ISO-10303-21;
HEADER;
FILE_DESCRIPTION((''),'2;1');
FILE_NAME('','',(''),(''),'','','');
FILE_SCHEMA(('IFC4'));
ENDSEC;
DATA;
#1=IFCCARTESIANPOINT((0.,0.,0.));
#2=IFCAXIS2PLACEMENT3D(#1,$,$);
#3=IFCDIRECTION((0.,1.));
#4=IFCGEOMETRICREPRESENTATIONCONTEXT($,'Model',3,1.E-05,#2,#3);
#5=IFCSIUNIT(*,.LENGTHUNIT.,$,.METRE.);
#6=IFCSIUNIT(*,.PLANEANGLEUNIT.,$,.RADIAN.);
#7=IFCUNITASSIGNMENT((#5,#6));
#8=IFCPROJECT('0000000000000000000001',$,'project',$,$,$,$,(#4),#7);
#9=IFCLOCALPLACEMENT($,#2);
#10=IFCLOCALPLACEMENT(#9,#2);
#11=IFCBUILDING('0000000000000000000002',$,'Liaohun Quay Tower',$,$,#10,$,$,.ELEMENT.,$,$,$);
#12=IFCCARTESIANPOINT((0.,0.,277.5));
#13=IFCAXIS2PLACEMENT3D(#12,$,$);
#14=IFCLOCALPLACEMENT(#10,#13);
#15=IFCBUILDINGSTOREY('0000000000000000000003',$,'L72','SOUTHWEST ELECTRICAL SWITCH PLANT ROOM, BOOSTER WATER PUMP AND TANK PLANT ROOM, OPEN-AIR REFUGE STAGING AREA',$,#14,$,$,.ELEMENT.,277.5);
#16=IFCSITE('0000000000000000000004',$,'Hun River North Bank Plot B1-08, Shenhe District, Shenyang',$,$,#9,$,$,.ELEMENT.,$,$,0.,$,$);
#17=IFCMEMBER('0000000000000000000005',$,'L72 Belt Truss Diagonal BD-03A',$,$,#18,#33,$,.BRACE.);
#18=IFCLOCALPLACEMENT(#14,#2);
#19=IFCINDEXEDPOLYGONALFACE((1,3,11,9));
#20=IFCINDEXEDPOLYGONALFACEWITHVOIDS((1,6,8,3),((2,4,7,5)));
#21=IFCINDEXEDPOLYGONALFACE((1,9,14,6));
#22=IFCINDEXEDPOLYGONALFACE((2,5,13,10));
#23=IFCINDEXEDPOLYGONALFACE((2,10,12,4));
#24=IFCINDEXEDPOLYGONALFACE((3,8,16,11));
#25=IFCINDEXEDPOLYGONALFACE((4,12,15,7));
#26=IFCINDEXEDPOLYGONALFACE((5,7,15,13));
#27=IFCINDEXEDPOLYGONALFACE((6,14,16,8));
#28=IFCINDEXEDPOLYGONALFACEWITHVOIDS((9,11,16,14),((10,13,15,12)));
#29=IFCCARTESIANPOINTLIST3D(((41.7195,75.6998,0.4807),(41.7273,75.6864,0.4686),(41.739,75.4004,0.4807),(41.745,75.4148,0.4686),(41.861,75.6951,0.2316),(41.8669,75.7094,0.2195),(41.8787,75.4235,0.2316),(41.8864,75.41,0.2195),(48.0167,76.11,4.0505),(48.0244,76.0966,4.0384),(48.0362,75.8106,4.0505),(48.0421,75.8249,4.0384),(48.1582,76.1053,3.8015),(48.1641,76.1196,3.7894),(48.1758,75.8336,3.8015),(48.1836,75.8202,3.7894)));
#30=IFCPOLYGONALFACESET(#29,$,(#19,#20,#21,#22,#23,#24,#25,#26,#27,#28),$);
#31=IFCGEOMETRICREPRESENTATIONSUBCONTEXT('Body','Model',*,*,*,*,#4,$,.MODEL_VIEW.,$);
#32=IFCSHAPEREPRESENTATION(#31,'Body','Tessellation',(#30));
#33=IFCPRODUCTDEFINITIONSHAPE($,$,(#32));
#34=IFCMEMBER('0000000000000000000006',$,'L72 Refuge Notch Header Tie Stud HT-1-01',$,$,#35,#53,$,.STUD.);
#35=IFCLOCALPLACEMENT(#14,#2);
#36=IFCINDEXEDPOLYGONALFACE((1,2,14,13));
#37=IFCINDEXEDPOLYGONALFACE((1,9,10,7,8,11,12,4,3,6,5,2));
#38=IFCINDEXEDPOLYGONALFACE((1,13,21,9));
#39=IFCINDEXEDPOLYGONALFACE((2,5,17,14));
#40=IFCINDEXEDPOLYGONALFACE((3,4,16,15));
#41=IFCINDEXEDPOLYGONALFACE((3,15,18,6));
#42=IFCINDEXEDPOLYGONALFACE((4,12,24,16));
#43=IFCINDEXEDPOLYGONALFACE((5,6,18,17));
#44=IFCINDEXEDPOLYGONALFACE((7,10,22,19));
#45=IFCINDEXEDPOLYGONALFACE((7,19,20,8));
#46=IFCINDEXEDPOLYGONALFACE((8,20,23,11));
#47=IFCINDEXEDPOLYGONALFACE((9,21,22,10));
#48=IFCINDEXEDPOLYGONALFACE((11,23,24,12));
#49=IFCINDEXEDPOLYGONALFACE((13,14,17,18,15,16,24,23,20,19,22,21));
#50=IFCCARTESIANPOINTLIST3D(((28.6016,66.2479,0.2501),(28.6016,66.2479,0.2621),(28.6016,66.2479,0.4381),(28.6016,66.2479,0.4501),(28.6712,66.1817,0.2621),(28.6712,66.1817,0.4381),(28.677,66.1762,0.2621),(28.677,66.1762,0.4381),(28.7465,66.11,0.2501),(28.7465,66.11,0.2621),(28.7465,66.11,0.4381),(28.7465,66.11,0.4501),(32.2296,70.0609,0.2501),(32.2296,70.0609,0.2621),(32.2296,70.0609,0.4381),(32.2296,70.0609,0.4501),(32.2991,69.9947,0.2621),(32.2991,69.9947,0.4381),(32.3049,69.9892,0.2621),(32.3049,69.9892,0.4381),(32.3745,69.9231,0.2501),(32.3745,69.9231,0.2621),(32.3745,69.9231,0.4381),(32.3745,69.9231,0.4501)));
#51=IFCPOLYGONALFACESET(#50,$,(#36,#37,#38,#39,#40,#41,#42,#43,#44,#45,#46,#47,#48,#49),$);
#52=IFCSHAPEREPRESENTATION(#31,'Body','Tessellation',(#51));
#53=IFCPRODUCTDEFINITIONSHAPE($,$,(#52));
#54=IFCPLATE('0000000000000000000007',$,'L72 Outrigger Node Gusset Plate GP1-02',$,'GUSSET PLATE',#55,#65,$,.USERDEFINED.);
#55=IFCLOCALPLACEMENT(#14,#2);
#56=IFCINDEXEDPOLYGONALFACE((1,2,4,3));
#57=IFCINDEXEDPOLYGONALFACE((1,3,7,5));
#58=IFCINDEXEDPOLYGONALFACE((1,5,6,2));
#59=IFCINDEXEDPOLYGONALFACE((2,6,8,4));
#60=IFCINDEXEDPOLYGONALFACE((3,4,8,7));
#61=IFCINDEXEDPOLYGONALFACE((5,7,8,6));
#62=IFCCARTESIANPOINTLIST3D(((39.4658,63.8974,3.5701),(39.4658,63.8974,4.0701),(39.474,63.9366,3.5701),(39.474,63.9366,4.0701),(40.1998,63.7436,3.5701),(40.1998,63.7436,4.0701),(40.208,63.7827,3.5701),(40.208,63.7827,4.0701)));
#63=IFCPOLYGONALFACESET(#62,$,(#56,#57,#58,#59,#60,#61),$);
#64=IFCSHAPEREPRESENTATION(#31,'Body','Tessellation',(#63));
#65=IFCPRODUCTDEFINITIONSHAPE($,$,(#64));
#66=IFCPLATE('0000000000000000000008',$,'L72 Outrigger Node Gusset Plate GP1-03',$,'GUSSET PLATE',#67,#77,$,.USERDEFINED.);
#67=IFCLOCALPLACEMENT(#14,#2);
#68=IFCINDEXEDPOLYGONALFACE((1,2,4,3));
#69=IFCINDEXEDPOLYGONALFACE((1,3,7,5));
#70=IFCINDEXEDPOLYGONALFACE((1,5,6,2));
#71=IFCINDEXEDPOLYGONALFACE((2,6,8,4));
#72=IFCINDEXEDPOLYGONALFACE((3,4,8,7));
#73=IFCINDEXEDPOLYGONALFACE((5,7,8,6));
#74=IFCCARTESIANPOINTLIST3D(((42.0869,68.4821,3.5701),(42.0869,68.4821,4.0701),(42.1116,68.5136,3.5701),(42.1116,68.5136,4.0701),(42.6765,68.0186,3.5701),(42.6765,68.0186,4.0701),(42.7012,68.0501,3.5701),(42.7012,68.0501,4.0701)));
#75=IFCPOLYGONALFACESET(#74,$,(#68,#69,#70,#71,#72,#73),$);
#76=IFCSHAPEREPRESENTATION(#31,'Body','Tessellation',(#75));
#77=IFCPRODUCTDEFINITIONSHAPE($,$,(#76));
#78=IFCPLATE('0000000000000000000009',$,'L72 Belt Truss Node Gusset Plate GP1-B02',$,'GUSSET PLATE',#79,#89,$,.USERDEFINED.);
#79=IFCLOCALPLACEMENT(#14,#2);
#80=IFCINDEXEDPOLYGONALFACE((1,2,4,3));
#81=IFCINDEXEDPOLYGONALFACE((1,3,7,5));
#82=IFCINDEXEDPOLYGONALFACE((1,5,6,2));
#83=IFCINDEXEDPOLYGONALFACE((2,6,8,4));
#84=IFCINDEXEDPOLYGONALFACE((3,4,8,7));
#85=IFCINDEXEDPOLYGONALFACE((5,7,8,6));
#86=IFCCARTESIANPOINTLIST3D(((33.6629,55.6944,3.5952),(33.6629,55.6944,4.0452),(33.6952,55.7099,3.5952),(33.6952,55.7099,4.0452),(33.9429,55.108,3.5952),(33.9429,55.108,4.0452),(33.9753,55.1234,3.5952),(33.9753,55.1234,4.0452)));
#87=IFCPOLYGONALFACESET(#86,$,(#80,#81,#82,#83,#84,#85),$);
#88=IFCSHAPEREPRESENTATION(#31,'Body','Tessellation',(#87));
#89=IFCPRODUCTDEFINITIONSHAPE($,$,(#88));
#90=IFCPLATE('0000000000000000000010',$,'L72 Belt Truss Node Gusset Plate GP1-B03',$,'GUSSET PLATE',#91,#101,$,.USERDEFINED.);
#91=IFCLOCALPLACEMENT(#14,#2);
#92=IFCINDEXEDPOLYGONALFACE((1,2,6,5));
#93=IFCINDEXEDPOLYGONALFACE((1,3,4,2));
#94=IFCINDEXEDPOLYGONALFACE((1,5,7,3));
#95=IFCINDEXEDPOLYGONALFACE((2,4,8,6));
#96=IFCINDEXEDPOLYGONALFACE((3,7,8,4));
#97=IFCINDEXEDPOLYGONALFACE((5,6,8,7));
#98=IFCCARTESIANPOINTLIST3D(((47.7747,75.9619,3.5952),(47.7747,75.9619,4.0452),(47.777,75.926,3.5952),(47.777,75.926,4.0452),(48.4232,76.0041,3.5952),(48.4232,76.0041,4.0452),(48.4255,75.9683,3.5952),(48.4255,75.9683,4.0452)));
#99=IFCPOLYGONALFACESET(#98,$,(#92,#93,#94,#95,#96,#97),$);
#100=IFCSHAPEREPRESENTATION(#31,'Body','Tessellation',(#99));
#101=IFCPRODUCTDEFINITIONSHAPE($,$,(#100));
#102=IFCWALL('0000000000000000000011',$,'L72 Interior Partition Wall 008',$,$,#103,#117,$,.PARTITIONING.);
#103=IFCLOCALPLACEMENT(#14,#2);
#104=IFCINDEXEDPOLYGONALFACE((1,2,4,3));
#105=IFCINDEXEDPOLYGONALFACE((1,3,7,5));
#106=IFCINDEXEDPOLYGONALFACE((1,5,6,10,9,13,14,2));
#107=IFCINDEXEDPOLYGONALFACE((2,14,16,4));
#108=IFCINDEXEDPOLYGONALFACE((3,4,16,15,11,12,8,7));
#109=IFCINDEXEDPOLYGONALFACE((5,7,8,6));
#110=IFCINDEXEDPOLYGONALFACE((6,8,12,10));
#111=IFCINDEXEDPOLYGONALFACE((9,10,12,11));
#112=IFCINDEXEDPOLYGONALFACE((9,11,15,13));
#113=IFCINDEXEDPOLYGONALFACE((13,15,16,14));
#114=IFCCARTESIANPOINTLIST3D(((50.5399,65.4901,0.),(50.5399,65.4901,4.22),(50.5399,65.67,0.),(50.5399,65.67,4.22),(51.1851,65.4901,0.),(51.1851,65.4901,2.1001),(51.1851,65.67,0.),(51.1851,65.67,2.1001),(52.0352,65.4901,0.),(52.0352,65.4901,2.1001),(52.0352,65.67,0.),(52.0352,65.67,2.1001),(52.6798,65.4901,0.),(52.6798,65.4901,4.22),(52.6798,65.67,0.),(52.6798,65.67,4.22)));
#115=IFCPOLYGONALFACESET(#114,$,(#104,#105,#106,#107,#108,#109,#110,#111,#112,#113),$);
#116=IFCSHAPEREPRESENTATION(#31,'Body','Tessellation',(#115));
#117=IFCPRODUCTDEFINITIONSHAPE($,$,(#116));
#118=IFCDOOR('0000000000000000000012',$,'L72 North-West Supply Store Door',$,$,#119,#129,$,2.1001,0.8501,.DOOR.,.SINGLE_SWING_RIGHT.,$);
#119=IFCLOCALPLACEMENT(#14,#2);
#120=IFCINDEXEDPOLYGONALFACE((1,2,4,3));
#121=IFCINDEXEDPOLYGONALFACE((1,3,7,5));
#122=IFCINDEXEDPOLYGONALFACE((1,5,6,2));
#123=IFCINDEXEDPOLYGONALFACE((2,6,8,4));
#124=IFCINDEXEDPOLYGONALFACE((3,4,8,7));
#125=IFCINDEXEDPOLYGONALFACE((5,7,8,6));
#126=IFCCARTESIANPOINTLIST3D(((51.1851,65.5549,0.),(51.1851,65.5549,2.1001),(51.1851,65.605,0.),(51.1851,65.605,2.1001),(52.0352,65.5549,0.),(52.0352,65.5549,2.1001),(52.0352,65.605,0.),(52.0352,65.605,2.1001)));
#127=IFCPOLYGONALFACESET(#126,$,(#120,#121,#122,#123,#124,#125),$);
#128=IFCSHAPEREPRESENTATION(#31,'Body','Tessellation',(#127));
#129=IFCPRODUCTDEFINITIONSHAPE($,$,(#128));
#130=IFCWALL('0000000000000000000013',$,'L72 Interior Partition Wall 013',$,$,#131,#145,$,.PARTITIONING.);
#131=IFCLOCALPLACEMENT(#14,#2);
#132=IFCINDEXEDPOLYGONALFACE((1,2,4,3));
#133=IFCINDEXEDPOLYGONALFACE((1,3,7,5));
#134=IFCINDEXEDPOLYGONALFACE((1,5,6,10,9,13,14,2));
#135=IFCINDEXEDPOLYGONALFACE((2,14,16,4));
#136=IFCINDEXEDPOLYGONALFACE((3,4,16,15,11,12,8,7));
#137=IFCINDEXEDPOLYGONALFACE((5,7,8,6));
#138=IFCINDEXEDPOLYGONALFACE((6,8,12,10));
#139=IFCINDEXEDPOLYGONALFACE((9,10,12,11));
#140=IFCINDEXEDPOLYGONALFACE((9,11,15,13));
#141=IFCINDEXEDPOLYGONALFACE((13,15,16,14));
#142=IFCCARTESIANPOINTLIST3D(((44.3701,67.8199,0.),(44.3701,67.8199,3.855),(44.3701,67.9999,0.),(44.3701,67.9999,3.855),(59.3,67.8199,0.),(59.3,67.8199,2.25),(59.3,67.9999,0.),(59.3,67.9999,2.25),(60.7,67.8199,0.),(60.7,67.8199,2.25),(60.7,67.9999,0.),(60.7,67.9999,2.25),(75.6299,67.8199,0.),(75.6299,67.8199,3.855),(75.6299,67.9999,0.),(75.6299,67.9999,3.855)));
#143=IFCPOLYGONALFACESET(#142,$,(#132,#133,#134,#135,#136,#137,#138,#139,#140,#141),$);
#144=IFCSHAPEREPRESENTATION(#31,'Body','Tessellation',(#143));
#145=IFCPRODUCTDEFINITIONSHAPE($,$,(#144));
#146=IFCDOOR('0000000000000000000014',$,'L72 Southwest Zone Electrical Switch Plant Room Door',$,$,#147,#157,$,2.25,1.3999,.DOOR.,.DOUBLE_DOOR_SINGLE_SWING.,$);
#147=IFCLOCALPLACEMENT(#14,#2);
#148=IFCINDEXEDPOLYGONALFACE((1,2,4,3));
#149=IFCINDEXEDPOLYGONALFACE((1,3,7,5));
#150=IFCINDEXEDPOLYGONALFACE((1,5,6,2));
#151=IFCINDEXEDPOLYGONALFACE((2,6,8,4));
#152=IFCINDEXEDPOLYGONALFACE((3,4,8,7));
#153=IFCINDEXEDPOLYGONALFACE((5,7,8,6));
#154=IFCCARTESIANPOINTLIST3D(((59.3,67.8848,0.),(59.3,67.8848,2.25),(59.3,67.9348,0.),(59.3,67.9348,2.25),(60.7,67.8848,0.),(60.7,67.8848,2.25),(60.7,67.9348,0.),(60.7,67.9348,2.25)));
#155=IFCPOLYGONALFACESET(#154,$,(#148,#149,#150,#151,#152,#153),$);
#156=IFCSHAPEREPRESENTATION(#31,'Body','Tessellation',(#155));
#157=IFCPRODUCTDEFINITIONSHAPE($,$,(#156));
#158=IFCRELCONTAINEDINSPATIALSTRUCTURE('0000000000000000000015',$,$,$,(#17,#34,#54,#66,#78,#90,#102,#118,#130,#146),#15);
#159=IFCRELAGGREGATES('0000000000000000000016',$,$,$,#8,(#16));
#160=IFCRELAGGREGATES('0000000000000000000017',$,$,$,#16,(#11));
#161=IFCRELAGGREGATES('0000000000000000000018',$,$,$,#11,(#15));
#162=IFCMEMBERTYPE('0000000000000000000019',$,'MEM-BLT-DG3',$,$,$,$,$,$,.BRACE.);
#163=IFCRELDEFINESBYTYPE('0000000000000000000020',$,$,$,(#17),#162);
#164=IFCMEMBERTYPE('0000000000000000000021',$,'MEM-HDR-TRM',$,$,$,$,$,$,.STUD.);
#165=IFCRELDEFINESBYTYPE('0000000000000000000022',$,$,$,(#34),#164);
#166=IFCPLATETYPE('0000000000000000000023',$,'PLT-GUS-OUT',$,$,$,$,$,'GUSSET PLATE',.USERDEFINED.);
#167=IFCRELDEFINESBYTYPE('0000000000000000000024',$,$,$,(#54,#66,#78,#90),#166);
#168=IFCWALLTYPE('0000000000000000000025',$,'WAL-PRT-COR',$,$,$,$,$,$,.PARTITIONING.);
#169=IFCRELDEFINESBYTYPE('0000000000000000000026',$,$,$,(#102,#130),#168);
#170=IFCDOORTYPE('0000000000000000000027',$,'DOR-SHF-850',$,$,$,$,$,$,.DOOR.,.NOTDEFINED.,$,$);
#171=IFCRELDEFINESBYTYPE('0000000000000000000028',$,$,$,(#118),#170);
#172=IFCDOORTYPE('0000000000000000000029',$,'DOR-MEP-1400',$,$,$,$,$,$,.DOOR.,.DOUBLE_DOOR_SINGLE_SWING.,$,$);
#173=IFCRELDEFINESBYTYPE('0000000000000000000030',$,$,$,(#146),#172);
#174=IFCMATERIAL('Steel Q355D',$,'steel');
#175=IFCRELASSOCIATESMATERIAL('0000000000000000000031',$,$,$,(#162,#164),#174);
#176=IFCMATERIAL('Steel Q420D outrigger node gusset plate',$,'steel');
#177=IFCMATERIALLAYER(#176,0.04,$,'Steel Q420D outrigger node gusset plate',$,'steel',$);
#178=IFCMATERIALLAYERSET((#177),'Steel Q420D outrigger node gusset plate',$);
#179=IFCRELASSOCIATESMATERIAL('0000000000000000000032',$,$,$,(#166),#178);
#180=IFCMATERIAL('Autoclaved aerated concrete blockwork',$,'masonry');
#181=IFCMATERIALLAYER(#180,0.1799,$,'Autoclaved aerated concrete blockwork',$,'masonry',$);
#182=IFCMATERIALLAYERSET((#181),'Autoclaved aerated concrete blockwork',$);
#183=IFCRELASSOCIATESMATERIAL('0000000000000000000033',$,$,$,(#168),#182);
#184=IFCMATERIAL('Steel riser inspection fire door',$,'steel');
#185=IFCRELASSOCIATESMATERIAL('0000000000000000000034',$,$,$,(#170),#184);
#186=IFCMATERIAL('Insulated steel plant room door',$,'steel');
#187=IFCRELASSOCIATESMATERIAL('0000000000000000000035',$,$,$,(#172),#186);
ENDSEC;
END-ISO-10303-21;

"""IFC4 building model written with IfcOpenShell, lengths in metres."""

from ifc_helpers import new_model, si_unit, direction, frame, frame_2d, origin, origin_2d, place, context, subcontext, project, spatial, rectangle, hollow_rectangle, i_section, extrude, source, transform, mapped, material, layer, layer_set, material_profile, profile_set, type_object, element, fill, save


model = new_model("IFC4")

# Units and contexts
model_context = context("Model", 3, precision=1e-05, world=origin(), true_north=direction((0.0, 1.0)))
body_context = subcontext(model_context, "Body", "Model", "MODEL_VIEW")
ifc_project = project(units=[si_unit("LENGTHUNIT", "METRE"), si_unit("PLANEANGLEUNIT", "RADIAN")], contexts=[model_context])

# Site, building, storey
site_placement = place(None, origin())
site = spatial("IfcSite", under=ifc_project, at=site_placement, Name="Hun River North Bank Plot B1-08, Shenhe District, Shenyang", CompositionType="ELEMENT", RefElevation=0.0)
building_placement = place(site_placement, origin())
building = spatial("IfcBuilding", under=site, at=building_placement, Name="Liaohun Quay Tower", CompositionType="ELEMENT")
storey_placement = place(building_placement, frame((0.0, 0.0, 277.5)))
storey = spatial("IfcBuildingStorey", under=building, at=storey_placement, Name="L72", Description="SOUTHWEST ELECTRICAL SWITCH PLANT ROOM, BOOSTER WATER PUMP AND TANK PLANT ROOM, OPEN-AIR REFUGE STAGING AREA", CompositionType="ELEMENT", Elevation=277.5)

# Shared definitions
ifc_material_1 = material(Name="Steel Q355D", Category="steel")

# Members
ifc_material_profile_1 = material_profile(ifc_material_1, hollow_rectangle(XDim=0.3, YDim=0.3, WallThickness=0.0139, at=origin_2d()), Name="SHS300x300x14")
ifc_profile_set_1 = profile_set([ifc_material_profile_1], Name="Steel Q355D")
member_type_1 = type_object("IfcMemberType", Name="MEM-BLT-DG3", PredefinedType="BRACE", material=ifc_profile_set_1)
shared_shape_1 = source(origin(), body_context, "Body", "SweptSolid", [
    extrude(hollow_rectangle(XDim=0.3, YDim=0.3, WallThickness=0.0139, at=origin_2d()), origin(), (0.0, 0.0, 1.0), 7.2502),
])
member_1_placement = place(storey_placement, frame((41.803, 75.5549, 0.3501), z_axis=(0.868543, 0.056572, 0.492375), x_axis=(-0.064996, 0.997886, 0.0)))
element("IfcMember", 1, at=member_1_placement, inside=storey, type_object=member_type_1, Name="L72 Belt Truss Diagonal BD-03A", PredefinedType="BRACE", context=body_context, shape_type="MappedRepresentation", body=[
    mapped(shared_shape_1, transform((0.0, 0.0, 0.0), x_axis=(1.0, 0.0, 0.0), y_axis=(0.0, 1.0, 0.0), z_axis=(0.0, 0.0, 1.0), scale=1.0)),
])
ifc_material_profile_2 = material_profile(ifc_material_1, i_section(OverallWidth=0.2, OverallDepth=0.2, WebThickness=0.0081, FlangeThickness=0.012, at=origin_2d()), Name="HW200x200x8x12")
ifc_profile_set_2 = profile_set([ifc_material_profile_2], Name="Steel Q355D")
member_type_2 = type_object("IfcMemberType", Name="MEM-HDR-TRM", PredefinedType="STUD", material=ifc_profile_set_2)
shared_shape_2 = source(origin(), body_context, "Body", "SweptSolid", [
    extrude(i_section(OverallWidth=0.2, OverallDepth=0.2, WebThickness=0.0081, FlangeThickness=0.012, at=origin_2d()), origin(), (0.0, 0.0, 1.0), 5.2632),
])
member_2_placement = place(storey_placement, frame((28.6741, 66.179, 0.3501), z_axis=(0.689308, 0.724469, 0.0), x_axis=(-0.724469, 0.689308, 0.0)))
element("IfcMember", 2, at=member_2_placement, inside=storey, type_object=member_type_2, Name="L72 Refuge Notch Header Tie Stud HT-1-01", PredefinedType="STUD", context=body_context, shape_type="MappedRepresentation", body=[
    mapped(shared_shape_2, transform((0.0, 0.0, 0.0), x_axis=(1.0, 0.0, 0.0), y_axis=(0.0, 1.0, 0.0), z_axis=(0.0, 0.0, 1.0), scale=1.0)),
])

# Plates
ifc_material_2 = material(Name="Steel Q420D outrigger node gusset plate", Category="steel")
ifc_layer_1 = layer(ifc_material_2, 0.04, Name="Steel Q420D outrigger node gusset plate", Category="steel")
ifc_layer_set_1 = layer_set([ifc_layer_1], Name="Steel Q420D outrigger node gusset plate")
plate_type = type_object("IfcPlateType", Name="PLT-GUS-OUT", ElementType="GUSSET PLATE", PredefinedType="USERDEFINED", material=ifc_layer_set_1)
shared_shape_3 = source(origin(), body_context, "Body", "SweptSolid", [
    extrude(rectangle(XDim=0.75, YDim=0.04, at=origin_2d()), origin(), (0.0, 0.0, 1.0), 0.5),
])
for number, where, z_axis, x_axis, name in (
    (3, (39.8369, 63.8401, 3.5701), (0.0, 0.0, 1.0), (-0.978724, 0.205179, 0.0), "L72 Outrigger Node Gusset Plate GP1-02"),
    (4, (42.394, 68.2661, 3.5701), (0.0, 0.0, 1.0), (-0.786181, 0.617997, 0.0), "L72 Outrigger Node Gusset Plate GP1-03"),
):
    element("IfcPlate", number, at=place(storey_placement, frame(where, z_axis=z_axis, x_axis=x_axis)), inside=storey, type_object=plate_type, Name=name, ObjectType="GUSSET PLATE", PredefinedType="USERDEFINED", context=body_context, shape_type="MappedRepresentation", body=[
        mapped(shared_shape_3, transform((0.0, 0.0, 0.0), x_axis=(1.0, 0.0, 0.0), y_axis=(0.0, 1.0, 0.0), z_axis=(0.0, 0.0, 1.0), scale=1.0)),
    ])
shared_shape_4 = source(origin(), body_context, "Body", "SweptSolid", [
    extrude(rectangle(XDim=0.6499, YDim=0.0359, at=origin_2d()), origin(), (0.0, 0.0, 1.0), 0.45),
])
for number, where, z_axis, x_axis, name in (
    (5, (33.8191, 55.4089, 3.5952), (0.0, 0.0, 1.0), (-0.430984, 0.90236, 0.0), "L72 Belt Truss Node Gusset Plate GP1-B02"),
    (6, (48.1001, 75.9651, 3.5952), (0.0, 0.0, 1.0), (0.997882, 0.065055, 0.0), "L72 Belt Truss Node Gusset Plate GP1-B03"),
):
    element("IfcPlate", number, at=place(storey_placement, frame(where, z_axis=z_axis, x_axis=x_axis)), inside=storey, type_object=plate_type, Name=name, ObjectType="GUSSET PLATE", PredefinedType="USERDEFINED", context=body_context, shape_type="MappedRepresentation", body=[
        mapped(shared_shape_4, transform((0.0, 0.0, 0.0), x_axis=(1.0, 0.0, 0.0), y_axis=(0.0, 1.0, 0.0), z_axis=(0.0, 0.0, 1.0), scale=1.0)),
    ])

# Walls, openings, doors
ifc_material_3 = material(Name="Autoclaved aerated concrete blockwork", Category="masonry")
ifc_layer_2 = layer(ifc_material_3, 0.1799, Name="Autoclaved aerated concrete blockwork", Category="masonry")
ifc_layer_set_2 = layer_set([ifc_layer_2], Name="Autoclaved aerated concrete blockwork")
wall_type_1 = type_object("IfcWallType", Name="WAL-PRT-COR", PredefinedType="PARTITIONING", material=ifc_layer_set_2)
wall_1_placement = place(storey_placement, frame((50.54, 65.5801, 0.0), z_axis=(0.0, 0.0, 1.0), x_axis=(1.0, 0.0, 0.0)))
wall_1 = element("IfcWall", 7, at=wall_1_placement, inside=storey, type_object=wall_type_1, Name="L72 Interior Partition Wall 008", PredefinedType="PARTITIONING", context=body_context, shape_type="SweptSolid", body=[
    extrude(rectangle(XDim=2.1399, YDim=0.1799, at=frame_2d((1.0698, 0.0))), origin(), (0.0, 0.0, 1.0), 4.22),
])
shared_shape_5 = source(origin(), body_context, "Body", "SweptSolid", [
    extrude(rectangle(XDim=0.8501, YDim=2.1001, at=frame_2d((0.425, 1.05))), frame((0.0, 0.0999, 0.0), z_axis=(0.0, -1.0, 0.0), x_axis=(1.0, 0.0, 0.0)), (0.0, 0.0, 1.0), 0.2),
])
opening_1_placement = place(wall_1_placement, frame((0.645, 0.0, 0.0)))
opening_1 = element("IfcOpeningElement", 8, at=opening_1_placement, cuts=wall_1, PredefinedType="OPENING", context=body_context, shape_type="MappedRepresentation", body=[
    mapped(shared_shape_5, transform((0.0, 0.0, 0.0), x_axis=(1.0, 0.0, 0.0), y_axis=(0.0, 1.0, 0.0), z_axis=(0.0, 0.0, 1.0), scale=1.0)),
])
ifc_material_4 = material(Name="Steel riser inspection fire door", Category="steel")
door_type_1 = type_object("IfcDoorType", Name="DOR-SHF-850", OperationType="NOTDEFINED", PredefinedType="DOOR", material=ifc_material_4)
shared_shape_6 = source(origin(), body_context, "Body", "SweptSolid", [
    extrude(rectangle(XDim=0.8501, YDim=2.1001, at=frame_2d((0.425, 1.05))), frame((0.0, 0.0249, 0.0), z_axis=(0.0, -1.0, 0.0), x_axis=(1.0, 0.0, 0.0)), (0.0, 0.0, 1.0), 0.05),
])
door_1_placement = place(opening_1_placement, origin())
door_1 = element("IfcDoor", 9, at=door_1_placement, inside=storey, type_object=door_type_1, Name="L72 North-West Supply Store Door", OperationType="SINGLE_SWING_RIGHT", OverallHeight=2.1001, OverallWidth=0.8501, PredefinedType="DOOR", context=body_context, shape_type="MappedRepresentation", body=[
    mapped(shared_shape_6, transform((0.0, 0.0, 0.0), x_axis=(1.0, 0.0, 0.0), y_axis=(0.0, 1.0, 0.0), z_axis=(0.0, 0.0, 1.0), scale=1.0)),
])
fill(opening_1, door_1)
wall_2_placement = place(storey_placement, frame((44.3701, 67.9099, 0.0), z_axis=(0.0, 0.0, 1.0), x_axis=(1.0, 0.0, 0.0)))
wall_2 = element("IfcWall", 10, at=wall_2_placement, inside=storey, type_object=wall_type_1, Name="L72 Interior Partition Wall 013", PredefinedType="PARTITIONING", context=body_context, shape_type="SweptSolid", body=[
    extrude(rectangle(XDim=31.2598, YDim=0.1799, at=frame_2d((15.6299, 0.0))), origin(), (0.0, 0.0, 1.0), 3.855),
])
shared_shape_7 = source(origin(), body_context, "Body", "SweptSolid", [
    extrude(rectangle(XDim=1.3999, YDim=2.25, at=frame_2d((0.7, 1.125))), frame((0.0, 0.0999, 0.0), z_axis=(0.0, -1.0, 0.0), x_axis=(1.0, 0.0, 0.0)), (0.0, 0.0, 1.0), 0.2),
])
opening_2_placement = place(wall_2_placement, frame((14.9299, 0.0, 0.0)))
opening_2 = element("IfcOpeningElement", 11, at=opening_2_placement, cuts=wall_2, PredefinedType="OPENING", context=body_context, shape_type="MappedRepresentation", body=[
    mapped(shared_shape_7, transform((0.0, 0.0, 0.0), x_axis=(1.0, 0.0, 0.0), y_axis=(0.0, 1.0, 0.0), z_axis=(0.0, 0.0, 1.0), scale=1.0)),
])
ifc_material_5 = material(Name="Insulated steel plant room door", Category="steel")
door_type_2 = type_object("IfcDoorType", Name="DOR-MEP-1400", OperationType="DOUBLE_DOOR_SINGLE_SWING", PredefinedType="DOOR", material=ifc_material_5)
shared_shape_8 = source(origin(), body_context, "Body", "SweptSolid", [
    extrude(rectangle(XDim=1.3999, YDim=2.25, at=frame_2d((0.7, 1.125))), frame((0.0, 0.0249, 0.0), z_axis=(0.0, -1.0, 0.0), x_axis=(1.0, 0.0, 0.0)), (0.0, 0.0, 1.0), 0.05),
])
door_2_placement = place(opening_2_placement, origin())
door_2 = element("IfcDoor", 12, at=door_2_placement, inside=storey, type_object=door_type_2, Name="L72 Southwest Zone Electrical Switch Plant Room Door", OperationType="DOUBLE_DOOR_SINGLE_SWING", OverallHeight=2.25, OverallWidth=1.3999, PredefinedType="DOOR", context=body_context, shape_type="MappedRepresentation", body=[
    mapped(shared_shape_8, transform((0.0, 0.0, 0.0), x_axis=(1.0, 0.0, 0.0), y_axis=(0.0, 1.0, 0.0), z_axis=(0.0, 0.0, 1.0), scale=1.0)),
])
fill(opening_2, door_2)

save(model, "model.ifc")
